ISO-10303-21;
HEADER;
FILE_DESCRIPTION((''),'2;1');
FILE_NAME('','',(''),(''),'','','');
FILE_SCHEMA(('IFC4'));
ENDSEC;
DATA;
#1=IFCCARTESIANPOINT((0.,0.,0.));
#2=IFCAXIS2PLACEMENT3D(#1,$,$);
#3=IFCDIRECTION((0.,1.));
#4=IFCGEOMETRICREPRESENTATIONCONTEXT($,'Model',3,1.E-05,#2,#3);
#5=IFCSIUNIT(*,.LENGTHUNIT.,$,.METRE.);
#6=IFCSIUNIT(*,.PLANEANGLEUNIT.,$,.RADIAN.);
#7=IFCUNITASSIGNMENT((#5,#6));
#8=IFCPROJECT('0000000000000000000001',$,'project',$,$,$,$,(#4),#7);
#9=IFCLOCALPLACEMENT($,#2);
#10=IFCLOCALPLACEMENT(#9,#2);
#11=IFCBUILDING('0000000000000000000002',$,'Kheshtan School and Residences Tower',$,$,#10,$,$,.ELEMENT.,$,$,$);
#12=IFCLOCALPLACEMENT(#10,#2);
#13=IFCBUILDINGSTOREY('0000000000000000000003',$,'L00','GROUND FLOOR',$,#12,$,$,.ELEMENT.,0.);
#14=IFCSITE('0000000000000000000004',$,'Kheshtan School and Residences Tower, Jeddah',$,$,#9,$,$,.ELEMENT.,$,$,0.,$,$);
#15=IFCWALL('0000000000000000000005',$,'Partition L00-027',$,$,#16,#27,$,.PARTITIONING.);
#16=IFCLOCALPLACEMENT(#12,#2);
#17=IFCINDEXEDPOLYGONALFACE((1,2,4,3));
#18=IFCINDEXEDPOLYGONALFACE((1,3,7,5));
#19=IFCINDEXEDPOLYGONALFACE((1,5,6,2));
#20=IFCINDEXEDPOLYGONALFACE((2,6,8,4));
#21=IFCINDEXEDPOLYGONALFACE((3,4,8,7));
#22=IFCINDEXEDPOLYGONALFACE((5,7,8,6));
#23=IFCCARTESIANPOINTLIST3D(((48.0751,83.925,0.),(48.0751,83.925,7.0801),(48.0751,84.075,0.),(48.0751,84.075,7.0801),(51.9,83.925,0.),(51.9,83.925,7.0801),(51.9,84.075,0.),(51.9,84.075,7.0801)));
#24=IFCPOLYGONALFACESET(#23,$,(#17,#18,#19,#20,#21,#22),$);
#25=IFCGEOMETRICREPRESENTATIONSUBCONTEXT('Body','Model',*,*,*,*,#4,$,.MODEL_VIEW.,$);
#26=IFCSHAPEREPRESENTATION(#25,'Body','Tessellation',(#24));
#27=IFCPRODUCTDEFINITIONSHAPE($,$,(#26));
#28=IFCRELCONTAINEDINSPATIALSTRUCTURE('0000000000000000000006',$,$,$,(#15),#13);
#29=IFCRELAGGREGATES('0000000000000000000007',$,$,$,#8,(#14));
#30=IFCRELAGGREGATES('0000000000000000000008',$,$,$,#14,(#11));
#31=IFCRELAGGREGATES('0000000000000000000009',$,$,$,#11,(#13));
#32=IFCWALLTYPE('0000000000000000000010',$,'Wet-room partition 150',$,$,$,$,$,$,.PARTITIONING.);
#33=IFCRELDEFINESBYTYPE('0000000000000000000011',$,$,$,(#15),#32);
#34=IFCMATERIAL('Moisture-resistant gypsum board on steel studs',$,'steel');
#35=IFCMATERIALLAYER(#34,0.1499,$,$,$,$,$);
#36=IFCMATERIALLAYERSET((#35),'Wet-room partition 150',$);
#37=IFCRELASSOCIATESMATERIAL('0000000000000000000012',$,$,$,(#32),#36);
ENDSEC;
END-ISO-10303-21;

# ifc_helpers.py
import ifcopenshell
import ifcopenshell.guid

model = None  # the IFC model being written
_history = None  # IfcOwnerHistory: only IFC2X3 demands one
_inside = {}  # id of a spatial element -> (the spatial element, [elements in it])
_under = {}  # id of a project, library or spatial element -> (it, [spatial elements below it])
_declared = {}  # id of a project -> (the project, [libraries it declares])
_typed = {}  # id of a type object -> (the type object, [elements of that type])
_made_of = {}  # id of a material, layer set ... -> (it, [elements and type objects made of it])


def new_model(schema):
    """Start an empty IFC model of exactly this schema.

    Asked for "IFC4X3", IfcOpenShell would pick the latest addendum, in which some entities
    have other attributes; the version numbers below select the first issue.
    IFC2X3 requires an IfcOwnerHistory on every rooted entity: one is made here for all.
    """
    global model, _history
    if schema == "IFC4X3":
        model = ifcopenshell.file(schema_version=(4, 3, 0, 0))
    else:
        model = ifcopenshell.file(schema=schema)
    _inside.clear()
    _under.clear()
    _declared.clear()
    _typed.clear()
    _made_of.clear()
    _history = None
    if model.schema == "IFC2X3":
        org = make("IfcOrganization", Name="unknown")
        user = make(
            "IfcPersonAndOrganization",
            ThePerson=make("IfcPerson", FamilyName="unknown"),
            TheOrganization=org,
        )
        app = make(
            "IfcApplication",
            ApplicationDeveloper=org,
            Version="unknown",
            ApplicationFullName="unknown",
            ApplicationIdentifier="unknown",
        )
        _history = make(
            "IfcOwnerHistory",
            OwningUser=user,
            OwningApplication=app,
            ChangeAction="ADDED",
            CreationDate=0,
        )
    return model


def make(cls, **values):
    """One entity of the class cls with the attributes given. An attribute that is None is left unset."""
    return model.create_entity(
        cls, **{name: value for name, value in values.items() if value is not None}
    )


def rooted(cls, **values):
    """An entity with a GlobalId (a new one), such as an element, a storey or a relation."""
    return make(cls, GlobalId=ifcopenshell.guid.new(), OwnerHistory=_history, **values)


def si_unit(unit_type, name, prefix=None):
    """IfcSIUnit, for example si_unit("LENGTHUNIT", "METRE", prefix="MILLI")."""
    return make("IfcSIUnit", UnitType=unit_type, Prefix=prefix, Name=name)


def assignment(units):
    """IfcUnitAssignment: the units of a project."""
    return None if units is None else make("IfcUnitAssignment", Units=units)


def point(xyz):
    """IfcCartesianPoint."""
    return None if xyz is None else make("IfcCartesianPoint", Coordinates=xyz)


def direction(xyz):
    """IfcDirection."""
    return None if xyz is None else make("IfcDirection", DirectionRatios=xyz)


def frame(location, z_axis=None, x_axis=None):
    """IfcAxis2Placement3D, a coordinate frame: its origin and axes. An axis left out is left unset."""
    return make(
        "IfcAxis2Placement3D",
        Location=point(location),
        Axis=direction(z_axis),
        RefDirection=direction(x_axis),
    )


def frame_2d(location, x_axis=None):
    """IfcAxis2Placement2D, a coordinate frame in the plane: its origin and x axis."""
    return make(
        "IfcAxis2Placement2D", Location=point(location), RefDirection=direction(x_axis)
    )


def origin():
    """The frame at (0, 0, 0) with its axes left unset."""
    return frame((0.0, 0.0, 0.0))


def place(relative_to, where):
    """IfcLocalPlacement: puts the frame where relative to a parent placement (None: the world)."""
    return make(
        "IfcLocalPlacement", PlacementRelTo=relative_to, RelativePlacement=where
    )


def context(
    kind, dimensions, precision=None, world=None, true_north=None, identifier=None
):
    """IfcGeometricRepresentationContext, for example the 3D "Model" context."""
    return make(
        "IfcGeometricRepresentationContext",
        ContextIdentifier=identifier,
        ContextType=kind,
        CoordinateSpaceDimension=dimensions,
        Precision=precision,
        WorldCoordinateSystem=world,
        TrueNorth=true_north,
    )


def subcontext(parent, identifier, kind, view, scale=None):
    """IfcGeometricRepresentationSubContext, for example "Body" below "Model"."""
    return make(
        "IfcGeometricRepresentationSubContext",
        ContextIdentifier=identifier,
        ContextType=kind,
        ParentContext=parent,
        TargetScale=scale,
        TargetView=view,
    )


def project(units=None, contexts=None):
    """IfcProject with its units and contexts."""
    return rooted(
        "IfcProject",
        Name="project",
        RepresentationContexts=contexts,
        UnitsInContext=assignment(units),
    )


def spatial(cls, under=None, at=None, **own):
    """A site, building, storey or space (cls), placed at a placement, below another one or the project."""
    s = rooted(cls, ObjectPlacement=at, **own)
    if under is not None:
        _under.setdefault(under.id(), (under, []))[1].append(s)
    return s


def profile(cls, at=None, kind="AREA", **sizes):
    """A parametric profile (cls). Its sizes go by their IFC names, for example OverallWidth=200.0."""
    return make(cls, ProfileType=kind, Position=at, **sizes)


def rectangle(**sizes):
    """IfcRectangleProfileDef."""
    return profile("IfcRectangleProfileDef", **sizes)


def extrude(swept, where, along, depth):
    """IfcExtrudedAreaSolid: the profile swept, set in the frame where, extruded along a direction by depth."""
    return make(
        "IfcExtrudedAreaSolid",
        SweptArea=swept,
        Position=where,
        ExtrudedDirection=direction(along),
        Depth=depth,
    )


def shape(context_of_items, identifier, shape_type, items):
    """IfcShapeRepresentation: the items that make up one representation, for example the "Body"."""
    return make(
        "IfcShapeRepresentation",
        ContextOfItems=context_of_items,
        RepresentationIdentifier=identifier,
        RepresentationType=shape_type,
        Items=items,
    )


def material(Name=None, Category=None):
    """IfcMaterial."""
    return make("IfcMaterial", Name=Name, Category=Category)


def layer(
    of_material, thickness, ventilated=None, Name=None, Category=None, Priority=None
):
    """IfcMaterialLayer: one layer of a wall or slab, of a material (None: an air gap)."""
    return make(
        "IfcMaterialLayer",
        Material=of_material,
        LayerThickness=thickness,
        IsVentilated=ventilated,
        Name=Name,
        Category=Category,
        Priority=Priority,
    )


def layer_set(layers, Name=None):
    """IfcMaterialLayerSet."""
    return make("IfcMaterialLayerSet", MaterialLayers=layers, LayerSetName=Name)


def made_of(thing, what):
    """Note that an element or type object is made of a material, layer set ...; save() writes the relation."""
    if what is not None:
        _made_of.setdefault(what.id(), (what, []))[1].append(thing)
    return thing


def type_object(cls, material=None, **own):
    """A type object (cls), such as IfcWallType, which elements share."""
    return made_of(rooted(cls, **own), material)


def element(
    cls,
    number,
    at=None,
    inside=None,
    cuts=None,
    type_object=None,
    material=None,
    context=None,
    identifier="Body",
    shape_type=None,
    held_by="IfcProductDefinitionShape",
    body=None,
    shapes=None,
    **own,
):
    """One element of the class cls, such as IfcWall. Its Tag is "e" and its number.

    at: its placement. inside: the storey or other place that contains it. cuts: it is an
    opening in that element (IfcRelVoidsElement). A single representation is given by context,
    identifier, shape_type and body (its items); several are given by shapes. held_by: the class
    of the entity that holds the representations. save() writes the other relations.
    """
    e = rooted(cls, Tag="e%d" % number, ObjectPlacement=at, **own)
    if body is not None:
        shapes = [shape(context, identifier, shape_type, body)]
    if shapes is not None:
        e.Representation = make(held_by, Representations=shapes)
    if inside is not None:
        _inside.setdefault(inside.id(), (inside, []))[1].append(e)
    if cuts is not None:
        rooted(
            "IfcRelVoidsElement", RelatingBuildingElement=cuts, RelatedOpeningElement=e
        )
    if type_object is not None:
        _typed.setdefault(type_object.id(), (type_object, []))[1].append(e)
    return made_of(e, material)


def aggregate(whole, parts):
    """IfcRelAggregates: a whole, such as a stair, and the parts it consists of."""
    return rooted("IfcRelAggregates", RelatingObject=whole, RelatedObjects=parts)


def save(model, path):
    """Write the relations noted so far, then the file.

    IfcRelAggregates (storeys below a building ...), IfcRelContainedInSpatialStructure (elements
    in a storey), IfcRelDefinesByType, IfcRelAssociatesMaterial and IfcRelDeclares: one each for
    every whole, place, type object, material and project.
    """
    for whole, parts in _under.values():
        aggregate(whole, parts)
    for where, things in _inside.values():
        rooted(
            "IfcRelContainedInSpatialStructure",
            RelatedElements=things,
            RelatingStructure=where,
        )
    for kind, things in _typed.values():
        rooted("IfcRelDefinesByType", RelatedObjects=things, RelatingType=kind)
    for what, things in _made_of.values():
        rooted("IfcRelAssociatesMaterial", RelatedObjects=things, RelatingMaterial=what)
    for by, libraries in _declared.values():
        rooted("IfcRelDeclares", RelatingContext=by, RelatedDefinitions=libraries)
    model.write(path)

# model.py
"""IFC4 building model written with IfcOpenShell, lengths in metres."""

from ifc_helpers import new_model, si_unit, direction, frame, frame_2d, origin, place, context, subcontext, project, spatial, rectangle, extrude, material, layer, layer_set, type_object, element, save


model = new_model("IFC4")

# Units and contexts
model_context = context("Model", 3, precision=1e-05, world=origin(), true_north=direction((0.0, 1.0)))
body_context = subcontext(model_context, "Body", "Model", "MODEL_VIEW")
ifc_project = project(units=[si_unit("LENGTHUNIT", "METRE"), si_unit("PLANEANGLEUNIT", "RADIAN")], contexts=[model_context])

# Site, building, storey
site_placement = place(None, origin())
site = spatial("IfcSite", under=ifc_project, at=site_placement, Name="Kheshtan School and Residences Tower, Jeddah", CompositionType="ELEMENT", RefElevation=0.0)
building_placement = place(site_placement, origin())
building = spatial("IfcBuilding", under=site, at=building_placement, Name="Kheshtan School and Residences Tower", CompositionType="ELEMENT")
storey_placement = place(building_placement, origin())
storey = spatial("IfcBuildingStorey", under=building, at=storey_placement, Name="L00", Description="GROUND FLOOR", CompositionType="ELEMENT", Elevation=0.0)

# Shared definitions
ifc_material_1 = material(Name="Moisture-resistant gypsum board on steel studs", Category="steel")
ifc_layer_1 = layer(ifc_material_1, 0.1499)
ifc_layer_set_1 = layer_set([ifc_layer_1], Name="Wet-room partition 150")
wall_type_1 = type_object("IfcWallType", Name="Wet-room partition 150", PredefinedType="PARTITIONING", material=ifc_layer_set_1)

# Wall
wall_1_placement = place(storey_placement, frame((48.075, 84.0, 0.0), z_axis=(0.0, 0.0, 1.0), x_axis=(1.0, 0.0, 0.0)))
element("IfcWall", 1, at=wall_1_placement, inside=storey, type_object=wall_type_1, Name="Partition L00-027", PredefinedType="PARTITIONING", context=body_context, shape_type="SweptSolid", body=[
    extrude(rectangle(XDim=3.825, YDim=0.1499, at=frame_2d((1.9126, 0.0))), origin(), (0.0, 0.0, 1.0), 7.0801),
])

save(model, "model.ifc")
